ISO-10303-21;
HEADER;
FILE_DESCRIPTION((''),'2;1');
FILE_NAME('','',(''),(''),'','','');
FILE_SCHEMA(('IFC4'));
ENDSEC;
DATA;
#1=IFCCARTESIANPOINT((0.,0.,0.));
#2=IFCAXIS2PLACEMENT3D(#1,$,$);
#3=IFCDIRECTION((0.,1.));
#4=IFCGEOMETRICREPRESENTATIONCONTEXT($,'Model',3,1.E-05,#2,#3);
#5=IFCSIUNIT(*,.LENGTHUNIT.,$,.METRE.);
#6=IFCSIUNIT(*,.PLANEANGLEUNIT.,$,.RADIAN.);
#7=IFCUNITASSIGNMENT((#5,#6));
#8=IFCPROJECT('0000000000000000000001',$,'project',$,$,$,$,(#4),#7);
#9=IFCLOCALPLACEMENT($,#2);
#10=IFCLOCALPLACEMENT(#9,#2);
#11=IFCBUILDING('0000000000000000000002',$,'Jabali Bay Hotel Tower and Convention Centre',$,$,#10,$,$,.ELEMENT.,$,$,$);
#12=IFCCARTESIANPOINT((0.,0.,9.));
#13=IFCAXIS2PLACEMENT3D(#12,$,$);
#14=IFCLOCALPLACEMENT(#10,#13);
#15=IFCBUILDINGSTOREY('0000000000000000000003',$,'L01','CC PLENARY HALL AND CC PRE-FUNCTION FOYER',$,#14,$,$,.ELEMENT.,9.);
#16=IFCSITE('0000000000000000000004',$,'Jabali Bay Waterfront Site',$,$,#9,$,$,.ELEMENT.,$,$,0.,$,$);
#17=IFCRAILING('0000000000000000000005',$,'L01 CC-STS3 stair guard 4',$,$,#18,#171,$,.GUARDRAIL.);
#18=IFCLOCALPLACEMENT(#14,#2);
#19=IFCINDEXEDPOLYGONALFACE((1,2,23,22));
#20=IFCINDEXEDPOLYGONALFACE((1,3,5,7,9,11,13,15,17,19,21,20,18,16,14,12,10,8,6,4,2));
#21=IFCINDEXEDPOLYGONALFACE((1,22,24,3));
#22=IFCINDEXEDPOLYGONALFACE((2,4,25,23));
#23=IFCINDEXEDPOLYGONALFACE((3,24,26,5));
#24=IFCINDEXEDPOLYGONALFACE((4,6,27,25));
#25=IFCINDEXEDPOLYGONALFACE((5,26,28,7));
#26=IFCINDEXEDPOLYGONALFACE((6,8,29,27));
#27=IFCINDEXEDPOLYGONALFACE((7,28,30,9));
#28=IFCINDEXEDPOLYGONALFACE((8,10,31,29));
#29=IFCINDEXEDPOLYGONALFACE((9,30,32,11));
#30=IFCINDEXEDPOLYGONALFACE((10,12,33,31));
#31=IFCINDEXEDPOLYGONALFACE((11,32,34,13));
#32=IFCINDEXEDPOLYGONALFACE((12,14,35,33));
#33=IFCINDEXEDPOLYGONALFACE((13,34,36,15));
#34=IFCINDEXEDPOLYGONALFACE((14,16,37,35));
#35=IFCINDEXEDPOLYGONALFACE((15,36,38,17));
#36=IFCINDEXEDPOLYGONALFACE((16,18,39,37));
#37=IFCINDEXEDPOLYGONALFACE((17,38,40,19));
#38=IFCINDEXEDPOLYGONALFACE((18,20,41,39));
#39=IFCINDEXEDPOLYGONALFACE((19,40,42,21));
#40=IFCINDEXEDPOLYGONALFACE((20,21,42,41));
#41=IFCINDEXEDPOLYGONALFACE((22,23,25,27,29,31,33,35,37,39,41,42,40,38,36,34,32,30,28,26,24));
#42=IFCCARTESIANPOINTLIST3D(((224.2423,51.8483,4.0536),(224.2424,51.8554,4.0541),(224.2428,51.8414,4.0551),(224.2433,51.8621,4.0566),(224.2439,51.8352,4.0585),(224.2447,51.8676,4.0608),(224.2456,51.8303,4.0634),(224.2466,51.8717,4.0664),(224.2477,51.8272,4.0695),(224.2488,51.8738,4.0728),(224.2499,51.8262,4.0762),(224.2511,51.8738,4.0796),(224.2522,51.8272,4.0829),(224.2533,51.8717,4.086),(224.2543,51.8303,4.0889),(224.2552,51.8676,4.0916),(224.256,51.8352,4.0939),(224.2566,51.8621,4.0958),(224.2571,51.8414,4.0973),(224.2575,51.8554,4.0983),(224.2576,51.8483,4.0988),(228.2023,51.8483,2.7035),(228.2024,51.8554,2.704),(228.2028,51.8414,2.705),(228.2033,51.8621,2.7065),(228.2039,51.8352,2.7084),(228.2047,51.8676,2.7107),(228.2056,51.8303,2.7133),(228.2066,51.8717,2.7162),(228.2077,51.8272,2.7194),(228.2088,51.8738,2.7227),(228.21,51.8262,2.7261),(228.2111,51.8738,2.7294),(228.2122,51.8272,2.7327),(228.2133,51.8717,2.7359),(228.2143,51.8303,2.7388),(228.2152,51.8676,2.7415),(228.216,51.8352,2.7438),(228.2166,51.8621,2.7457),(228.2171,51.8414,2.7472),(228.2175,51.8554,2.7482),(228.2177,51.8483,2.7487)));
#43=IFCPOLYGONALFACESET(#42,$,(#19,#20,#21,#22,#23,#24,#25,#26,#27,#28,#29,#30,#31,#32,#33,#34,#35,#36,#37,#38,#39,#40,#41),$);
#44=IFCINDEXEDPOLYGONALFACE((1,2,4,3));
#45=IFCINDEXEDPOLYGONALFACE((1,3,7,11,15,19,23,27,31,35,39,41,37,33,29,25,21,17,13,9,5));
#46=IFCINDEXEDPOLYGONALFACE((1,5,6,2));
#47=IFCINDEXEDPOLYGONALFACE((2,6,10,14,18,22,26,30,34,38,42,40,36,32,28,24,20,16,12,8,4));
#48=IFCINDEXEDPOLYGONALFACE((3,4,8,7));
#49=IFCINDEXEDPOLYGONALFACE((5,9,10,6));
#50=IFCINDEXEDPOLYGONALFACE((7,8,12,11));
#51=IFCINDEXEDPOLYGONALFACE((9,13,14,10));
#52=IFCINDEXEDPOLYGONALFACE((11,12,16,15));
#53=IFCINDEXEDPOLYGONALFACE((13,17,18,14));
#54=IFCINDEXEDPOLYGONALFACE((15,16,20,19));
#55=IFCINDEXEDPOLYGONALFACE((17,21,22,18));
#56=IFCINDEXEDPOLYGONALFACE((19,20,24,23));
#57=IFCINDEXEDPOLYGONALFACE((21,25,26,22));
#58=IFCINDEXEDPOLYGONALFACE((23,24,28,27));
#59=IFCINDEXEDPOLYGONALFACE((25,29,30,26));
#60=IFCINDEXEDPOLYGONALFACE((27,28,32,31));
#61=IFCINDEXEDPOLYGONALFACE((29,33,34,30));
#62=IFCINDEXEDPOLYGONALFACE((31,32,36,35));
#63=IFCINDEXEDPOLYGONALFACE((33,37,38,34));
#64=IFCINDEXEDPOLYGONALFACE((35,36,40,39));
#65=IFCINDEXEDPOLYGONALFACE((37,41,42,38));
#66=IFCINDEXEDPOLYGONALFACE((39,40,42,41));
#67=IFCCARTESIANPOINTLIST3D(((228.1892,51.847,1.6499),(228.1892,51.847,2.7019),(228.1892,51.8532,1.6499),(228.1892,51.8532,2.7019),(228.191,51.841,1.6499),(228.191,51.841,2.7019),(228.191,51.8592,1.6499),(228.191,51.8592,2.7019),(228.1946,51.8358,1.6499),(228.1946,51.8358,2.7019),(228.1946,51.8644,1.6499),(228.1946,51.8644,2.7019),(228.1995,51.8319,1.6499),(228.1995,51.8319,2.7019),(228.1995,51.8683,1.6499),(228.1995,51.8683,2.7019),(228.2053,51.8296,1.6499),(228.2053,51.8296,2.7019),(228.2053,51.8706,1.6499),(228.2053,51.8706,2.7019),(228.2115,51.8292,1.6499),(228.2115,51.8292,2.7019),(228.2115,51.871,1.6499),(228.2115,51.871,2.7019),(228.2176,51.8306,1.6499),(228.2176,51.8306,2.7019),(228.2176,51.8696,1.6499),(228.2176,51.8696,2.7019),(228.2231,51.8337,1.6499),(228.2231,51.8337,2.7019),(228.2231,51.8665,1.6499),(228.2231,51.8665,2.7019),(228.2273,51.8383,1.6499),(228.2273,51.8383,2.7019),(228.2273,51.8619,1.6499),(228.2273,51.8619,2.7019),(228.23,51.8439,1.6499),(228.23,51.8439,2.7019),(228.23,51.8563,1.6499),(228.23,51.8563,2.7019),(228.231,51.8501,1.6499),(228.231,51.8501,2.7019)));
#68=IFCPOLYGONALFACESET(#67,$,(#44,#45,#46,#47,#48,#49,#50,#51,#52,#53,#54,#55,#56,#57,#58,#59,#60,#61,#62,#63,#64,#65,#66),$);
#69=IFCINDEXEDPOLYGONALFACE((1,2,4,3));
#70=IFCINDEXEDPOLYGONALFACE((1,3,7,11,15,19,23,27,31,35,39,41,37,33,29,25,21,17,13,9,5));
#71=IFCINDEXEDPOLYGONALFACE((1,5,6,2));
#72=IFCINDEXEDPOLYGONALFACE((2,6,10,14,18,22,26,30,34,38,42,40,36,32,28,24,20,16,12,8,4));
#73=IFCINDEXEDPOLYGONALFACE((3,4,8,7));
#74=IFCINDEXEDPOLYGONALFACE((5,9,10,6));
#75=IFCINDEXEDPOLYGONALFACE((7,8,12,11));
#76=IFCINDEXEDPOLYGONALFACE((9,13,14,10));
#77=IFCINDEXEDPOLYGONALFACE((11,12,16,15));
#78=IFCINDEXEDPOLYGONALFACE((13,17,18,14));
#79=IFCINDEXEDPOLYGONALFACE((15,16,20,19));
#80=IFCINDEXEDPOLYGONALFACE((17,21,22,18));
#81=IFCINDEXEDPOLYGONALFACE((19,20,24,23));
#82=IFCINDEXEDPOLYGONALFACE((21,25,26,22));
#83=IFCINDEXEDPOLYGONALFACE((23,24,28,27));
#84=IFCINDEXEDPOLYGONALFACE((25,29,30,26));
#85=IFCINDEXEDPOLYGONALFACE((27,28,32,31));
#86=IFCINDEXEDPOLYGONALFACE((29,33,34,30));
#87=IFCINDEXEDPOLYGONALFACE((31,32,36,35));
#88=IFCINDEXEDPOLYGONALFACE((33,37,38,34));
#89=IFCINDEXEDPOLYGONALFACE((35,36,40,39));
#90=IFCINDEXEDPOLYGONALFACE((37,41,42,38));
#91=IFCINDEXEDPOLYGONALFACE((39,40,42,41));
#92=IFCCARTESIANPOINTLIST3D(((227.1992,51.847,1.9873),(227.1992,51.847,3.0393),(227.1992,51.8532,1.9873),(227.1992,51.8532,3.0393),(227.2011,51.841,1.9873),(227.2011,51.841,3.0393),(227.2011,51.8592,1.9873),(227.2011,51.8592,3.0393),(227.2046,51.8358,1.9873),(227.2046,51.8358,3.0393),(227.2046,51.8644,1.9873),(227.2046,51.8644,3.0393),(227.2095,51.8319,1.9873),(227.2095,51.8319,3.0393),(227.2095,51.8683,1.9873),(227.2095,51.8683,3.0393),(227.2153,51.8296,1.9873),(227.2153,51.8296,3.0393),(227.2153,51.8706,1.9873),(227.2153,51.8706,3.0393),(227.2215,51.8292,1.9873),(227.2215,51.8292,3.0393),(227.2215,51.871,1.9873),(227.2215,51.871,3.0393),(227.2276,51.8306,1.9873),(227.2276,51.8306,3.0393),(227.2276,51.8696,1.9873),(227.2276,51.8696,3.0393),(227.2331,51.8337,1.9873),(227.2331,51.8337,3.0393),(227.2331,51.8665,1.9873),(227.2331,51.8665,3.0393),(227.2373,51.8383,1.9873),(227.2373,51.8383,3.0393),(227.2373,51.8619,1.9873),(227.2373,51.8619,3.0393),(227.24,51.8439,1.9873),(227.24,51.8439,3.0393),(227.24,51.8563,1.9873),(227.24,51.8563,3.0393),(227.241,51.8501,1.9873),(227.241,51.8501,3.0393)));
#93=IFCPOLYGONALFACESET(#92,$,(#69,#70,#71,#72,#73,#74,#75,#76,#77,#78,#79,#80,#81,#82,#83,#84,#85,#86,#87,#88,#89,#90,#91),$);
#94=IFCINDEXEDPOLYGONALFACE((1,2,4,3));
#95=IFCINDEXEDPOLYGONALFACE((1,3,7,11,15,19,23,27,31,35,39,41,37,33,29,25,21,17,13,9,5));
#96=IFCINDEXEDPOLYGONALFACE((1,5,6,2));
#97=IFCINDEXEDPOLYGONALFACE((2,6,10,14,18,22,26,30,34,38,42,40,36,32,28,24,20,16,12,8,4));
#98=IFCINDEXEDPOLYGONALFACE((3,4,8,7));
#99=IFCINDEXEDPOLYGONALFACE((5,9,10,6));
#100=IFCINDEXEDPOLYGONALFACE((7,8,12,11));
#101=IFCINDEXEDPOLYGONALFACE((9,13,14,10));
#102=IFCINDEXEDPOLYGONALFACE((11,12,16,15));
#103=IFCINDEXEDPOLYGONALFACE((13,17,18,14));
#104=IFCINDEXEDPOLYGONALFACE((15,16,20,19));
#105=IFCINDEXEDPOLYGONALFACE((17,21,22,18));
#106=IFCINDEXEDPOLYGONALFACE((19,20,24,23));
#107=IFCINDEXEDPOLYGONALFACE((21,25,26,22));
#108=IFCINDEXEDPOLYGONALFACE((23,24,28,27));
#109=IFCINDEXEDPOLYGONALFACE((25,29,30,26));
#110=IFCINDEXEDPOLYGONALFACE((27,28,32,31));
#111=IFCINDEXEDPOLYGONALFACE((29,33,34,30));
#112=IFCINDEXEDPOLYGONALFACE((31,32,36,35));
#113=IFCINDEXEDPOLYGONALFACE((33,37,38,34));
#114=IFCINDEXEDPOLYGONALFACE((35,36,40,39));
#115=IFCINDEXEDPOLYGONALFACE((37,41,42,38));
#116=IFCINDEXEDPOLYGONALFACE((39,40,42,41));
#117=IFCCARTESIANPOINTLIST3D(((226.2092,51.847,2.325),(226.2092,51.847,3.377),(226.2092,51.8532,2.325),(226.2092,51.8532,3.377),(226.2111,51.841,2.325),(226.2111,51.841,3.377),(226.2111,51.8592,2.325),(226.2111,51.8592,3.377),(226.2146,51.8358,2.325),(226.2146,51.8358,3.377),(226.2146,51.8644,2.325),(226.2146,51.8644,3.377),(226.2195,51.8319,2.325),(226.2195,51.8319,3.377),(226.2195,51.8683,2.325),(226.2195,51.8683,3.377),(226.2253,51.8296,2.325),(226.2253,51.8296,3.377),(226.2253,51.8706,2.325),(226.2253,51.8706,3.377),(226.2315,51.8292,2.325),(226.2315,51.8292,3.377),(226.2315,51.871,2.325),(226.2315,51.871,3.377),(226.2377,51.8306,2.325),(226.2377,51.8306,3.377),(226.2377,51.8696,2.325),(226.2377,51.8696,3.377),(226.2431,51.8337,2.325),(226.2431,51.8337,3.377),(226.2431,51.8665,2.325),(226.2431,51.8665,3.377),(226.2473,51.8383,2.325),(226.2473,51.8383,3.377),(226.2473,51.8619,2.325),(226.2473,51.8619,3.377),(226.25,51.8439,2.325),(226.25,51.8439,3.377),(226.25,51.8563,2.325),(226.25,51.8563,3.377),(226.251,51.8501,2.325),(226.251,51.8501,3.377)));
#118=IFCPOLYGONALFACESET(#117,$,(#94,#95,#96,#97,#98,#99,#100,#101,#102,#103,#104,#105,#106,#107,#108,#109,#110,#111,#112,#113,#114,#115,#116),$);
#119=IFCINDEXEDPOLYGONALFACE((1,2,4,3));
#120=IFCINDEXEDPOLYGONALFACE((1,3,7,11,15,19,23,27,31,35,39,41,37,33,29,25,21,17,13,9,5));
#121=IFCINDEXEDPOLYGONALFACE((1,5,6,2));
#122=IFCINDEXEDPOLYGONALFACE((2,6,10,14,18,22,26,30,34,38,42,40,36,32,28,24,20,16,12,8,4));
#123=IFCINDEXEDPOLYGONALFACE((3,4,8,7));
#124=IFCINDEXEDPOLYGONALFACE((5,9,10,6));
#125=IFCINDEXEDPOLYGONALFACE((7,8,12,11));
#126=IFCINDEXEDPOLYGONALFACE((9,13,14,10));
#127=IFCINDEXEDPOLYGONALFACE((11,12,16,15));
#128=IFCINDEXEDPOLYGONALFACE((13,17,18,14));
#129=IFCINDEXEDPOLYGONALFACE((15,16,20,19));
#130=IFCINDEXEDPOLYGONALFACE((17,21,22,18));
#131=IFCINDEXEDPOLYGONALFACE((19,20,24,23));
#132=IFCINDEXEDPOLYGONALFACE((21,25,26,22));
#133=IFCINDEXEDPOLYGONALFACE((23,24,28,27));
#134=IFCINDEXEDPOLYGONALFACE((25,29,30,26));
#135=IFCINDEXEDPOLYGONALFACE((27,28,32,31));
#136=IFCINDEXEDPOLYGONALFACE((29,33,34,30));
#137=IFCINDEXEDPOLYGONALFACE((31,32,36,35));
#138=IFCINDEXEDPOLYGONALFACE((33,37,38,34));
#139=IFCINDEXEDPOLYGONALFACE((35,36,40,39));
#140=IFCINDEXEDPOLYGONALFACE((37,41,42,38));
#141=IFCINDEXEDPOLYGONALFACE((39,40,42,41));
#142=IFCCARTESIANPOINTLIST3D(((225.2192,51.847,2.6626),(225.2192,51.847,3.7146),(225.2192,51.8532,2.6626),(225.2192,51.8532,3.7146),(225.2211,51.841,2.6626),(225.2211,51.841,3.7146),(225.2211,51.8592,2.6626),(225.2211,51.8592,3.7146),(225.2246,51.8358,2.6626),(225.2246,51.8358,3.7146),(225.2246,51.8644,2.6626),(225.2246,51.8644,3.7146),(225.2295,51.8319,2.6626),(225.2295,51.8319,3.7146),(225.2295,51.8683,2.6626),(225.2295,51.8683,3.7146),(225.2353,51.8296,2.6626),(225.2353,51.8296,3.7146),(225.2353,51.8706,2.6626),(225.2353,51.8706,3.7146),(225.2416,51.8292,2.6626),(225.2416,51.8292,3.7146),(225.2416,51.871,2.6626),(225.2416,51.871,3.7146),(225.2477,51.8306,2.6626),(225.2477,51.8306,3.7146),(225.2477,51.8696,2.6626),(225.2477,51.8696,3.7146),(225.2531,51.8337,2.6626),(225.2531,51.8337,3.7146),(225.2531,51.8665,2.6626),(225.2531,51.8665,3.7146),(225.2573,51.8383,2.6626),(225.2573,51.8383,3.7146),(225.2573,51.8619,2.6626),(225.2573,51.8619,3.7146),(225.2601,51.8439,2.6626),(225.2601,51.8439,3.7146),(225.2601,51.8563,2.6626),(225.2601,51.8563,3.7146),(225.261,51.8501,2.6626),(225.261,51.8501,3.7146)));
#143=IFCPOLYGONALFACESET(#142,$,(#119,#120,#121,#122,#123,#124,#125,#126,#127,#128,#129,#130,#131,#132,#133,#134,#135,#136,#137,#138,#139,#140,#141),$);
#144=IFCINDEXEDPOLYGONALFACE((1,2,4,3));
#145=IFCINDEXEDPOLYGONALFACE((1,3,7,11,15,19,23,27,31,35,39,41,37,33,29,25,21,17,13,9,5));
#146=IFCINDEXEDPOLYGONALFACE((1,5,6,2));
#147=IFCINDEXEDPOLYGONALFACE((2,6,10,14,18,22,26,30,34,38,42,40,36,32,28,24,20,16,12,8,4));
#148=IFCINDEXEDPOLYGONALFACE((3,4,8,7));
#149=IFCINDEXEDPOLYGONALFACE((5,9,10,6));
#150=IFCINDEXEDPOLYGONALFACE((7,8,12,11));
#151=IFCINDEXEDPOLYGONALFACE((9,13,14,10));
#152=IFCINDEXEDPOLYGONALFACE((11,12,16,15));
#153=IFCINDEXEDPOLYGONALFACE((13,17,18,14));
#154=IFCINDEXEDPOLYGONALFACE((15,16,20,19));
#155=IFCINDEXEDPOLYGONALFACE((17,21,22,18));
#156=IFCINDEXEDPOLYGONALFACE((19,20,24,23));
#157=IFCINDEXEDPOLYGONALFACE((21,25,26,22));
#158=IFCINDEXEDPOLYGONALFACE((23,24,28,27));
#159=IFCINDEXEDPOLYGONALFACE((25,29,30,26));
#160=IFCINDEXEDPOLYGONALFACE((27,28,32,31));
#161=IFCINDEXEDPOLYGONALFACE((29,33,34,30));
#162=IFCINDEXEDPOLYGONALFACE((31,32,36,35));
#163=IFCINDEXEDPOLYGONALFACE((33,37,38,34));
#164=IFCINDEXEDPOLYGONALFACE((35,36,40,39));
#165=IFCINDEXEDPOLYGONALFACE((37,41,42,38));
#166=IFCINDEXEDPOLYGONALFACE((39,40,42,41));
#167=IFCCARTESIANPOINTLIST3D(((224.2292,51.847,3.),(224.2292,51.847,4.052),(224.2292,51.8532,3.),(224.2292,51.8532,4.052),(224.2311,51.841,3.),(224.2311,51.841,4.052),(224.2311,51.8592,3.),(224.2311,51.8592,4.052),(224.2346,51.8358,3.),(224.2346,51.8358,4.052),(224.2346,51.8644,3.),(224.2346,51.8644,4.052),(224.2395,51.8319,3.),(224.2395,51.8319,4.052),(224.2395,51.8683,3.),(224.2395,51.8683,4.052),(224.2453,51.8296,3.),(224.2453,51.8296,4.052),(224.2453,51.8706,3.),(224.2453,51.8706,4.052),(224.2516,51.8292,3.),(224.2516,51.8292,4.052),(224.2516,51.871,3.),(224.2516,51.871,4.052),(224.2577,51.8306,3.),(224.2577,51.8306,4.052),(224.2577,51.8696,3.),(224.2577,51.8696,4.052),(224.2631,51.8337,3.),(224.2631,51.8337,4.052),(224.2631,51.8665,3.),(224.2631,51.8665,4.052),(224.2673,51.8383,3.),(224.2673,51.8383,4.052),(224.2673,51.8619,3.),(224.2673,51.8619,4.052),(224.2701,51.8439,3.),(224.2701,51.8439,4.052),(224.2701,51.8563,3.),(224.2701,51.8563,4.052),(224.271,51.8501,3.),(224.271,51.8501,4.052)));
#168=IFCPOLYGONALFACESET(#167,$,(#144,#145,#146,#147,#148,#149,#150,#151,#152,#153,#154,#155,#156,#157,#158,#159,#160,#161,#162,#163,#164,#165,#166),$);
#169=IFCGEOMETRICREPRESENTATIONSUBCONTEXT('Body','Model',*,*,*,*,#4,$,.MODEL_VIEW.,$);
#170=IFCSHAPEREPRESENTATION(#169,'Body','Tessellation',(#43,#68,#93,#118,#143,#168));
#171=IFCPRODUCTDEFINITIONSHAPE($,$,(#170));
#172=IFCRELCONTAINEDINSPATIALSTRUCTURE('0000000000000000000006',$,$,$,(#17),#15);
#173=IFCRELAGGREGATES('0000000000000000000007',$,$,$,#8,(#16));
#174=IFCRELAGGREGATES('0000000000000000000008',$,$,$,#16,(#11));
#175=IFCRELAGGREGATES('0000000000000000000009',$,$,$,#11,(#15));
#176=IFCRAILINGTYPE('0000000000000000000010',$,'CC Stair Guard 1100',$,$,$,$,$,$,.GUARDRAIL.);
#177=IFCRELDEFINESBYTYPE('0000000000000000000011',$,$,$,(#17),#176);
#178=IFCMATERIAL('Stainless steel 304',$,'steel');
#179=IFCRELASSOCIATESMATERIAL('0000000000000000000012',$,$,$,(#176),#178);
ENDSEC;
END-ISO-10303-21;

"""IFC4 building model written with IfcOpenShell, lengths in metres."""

from ifc_helpers import new_model, si_unit, direction, frame, origin, origin_2d, place, context, subcontext, project, spatial, circle, extrude, material, type_object, element, save


model = new_model("IFC4")

# Units and contexts
model_context = context("Model", 3, precision=1e-05, world=origin(), true_north=direction((0.0, 1.0)))
body_context = subcontext(model_context, "Body", "Model", "MODEL_VIEW")
ifc_project = project(units=[si_unit("LENGTHUNIT", "METRE"), si_unit("PLANEANGLEUNIT", "RADIAN")], contexts=[model_context])

# Site, building, storey
site_placement = place(None, origin())
site = spatial("IfcSite", under=ifc_project, at=site_placement, Name="Jabali Bay Waterfront Site", CompositionType="ELEMENT", RefElevation=0.0)
building_placement = place(site_placement, origin())
building = spatial("IfcBuilding", under=site, at=building_placement, Name="Jabali Bay Hotel Tower and Convention Centre", CompositionType="ELEMENT")
storey_placement = place(building_placement, frame((0.0, 0.0, 9.0)))
storey = spatial("IfcBuildingStorey", under=building, at=storey_placement, Name="L01", Description="CC PLENARY HALL AND CC PRE-FUNCTION FOYER", CompositionType="ELEMENT", Elevation=9.0)

# Railing
ifc_material_1 = material(Name="Stainless steel 304", Category="steel")
railing_type_1 = type_object("IfcRailingType", Name="CC Stair Guard 1100", PredefinedType="GUARDRAIL", material=ifc_material_1)
railing_1_placement = place(storey_placement, frame((228.21, 51.8501, 1.6499)))
element("IfcRailing", 1, at=railing_1_placement, inside=storey, type_object=railing_type_1, Name="L01 CC-STS3 stair guard 4", PredefinedType="GUARDRAIL", context=body_context, shape_type="SweptSolid", body=[
    extrude(circle(Radius=0.0239, at=origin_2d()), frame((0.0, 0.0, 1.0762), z_axis=(-0.946502, 0.0, 0.322698), x_axis=(0.0, -1.0, 0.0)), (0.0, 0.0, 1.0), 4.1838),
    extrude(circle(Radius=0.021, at=origin_2d()), origin(), (0.0, 0.0, 1.0), 1.052),
    extrude(circle(Radius=0.021, at=origin_2d()), frame((-0.99, 0.0, 0.3374)), (0.0, 0.0, 1.0), 1.052),
    extrude(circle(Radius=0.021, at=origin_2d()), frame((-1.98, 0.0, 0.675)), (0.0, 0.0, 1.0), 1.052),
    extrude(circle(Radius=0.021, at=origin_2d()), frame((-2.97, 0.0, 1.0127)), (0.0, 0.0, 1.0), 1.052),
    extrude(circle(Radius=0.021, at=origin_2d()), frame((-3.96, 0.0, 1.3501)), (0.0, 0.0, 1.0), 1.052),
])

save(model, "model.ifc")
